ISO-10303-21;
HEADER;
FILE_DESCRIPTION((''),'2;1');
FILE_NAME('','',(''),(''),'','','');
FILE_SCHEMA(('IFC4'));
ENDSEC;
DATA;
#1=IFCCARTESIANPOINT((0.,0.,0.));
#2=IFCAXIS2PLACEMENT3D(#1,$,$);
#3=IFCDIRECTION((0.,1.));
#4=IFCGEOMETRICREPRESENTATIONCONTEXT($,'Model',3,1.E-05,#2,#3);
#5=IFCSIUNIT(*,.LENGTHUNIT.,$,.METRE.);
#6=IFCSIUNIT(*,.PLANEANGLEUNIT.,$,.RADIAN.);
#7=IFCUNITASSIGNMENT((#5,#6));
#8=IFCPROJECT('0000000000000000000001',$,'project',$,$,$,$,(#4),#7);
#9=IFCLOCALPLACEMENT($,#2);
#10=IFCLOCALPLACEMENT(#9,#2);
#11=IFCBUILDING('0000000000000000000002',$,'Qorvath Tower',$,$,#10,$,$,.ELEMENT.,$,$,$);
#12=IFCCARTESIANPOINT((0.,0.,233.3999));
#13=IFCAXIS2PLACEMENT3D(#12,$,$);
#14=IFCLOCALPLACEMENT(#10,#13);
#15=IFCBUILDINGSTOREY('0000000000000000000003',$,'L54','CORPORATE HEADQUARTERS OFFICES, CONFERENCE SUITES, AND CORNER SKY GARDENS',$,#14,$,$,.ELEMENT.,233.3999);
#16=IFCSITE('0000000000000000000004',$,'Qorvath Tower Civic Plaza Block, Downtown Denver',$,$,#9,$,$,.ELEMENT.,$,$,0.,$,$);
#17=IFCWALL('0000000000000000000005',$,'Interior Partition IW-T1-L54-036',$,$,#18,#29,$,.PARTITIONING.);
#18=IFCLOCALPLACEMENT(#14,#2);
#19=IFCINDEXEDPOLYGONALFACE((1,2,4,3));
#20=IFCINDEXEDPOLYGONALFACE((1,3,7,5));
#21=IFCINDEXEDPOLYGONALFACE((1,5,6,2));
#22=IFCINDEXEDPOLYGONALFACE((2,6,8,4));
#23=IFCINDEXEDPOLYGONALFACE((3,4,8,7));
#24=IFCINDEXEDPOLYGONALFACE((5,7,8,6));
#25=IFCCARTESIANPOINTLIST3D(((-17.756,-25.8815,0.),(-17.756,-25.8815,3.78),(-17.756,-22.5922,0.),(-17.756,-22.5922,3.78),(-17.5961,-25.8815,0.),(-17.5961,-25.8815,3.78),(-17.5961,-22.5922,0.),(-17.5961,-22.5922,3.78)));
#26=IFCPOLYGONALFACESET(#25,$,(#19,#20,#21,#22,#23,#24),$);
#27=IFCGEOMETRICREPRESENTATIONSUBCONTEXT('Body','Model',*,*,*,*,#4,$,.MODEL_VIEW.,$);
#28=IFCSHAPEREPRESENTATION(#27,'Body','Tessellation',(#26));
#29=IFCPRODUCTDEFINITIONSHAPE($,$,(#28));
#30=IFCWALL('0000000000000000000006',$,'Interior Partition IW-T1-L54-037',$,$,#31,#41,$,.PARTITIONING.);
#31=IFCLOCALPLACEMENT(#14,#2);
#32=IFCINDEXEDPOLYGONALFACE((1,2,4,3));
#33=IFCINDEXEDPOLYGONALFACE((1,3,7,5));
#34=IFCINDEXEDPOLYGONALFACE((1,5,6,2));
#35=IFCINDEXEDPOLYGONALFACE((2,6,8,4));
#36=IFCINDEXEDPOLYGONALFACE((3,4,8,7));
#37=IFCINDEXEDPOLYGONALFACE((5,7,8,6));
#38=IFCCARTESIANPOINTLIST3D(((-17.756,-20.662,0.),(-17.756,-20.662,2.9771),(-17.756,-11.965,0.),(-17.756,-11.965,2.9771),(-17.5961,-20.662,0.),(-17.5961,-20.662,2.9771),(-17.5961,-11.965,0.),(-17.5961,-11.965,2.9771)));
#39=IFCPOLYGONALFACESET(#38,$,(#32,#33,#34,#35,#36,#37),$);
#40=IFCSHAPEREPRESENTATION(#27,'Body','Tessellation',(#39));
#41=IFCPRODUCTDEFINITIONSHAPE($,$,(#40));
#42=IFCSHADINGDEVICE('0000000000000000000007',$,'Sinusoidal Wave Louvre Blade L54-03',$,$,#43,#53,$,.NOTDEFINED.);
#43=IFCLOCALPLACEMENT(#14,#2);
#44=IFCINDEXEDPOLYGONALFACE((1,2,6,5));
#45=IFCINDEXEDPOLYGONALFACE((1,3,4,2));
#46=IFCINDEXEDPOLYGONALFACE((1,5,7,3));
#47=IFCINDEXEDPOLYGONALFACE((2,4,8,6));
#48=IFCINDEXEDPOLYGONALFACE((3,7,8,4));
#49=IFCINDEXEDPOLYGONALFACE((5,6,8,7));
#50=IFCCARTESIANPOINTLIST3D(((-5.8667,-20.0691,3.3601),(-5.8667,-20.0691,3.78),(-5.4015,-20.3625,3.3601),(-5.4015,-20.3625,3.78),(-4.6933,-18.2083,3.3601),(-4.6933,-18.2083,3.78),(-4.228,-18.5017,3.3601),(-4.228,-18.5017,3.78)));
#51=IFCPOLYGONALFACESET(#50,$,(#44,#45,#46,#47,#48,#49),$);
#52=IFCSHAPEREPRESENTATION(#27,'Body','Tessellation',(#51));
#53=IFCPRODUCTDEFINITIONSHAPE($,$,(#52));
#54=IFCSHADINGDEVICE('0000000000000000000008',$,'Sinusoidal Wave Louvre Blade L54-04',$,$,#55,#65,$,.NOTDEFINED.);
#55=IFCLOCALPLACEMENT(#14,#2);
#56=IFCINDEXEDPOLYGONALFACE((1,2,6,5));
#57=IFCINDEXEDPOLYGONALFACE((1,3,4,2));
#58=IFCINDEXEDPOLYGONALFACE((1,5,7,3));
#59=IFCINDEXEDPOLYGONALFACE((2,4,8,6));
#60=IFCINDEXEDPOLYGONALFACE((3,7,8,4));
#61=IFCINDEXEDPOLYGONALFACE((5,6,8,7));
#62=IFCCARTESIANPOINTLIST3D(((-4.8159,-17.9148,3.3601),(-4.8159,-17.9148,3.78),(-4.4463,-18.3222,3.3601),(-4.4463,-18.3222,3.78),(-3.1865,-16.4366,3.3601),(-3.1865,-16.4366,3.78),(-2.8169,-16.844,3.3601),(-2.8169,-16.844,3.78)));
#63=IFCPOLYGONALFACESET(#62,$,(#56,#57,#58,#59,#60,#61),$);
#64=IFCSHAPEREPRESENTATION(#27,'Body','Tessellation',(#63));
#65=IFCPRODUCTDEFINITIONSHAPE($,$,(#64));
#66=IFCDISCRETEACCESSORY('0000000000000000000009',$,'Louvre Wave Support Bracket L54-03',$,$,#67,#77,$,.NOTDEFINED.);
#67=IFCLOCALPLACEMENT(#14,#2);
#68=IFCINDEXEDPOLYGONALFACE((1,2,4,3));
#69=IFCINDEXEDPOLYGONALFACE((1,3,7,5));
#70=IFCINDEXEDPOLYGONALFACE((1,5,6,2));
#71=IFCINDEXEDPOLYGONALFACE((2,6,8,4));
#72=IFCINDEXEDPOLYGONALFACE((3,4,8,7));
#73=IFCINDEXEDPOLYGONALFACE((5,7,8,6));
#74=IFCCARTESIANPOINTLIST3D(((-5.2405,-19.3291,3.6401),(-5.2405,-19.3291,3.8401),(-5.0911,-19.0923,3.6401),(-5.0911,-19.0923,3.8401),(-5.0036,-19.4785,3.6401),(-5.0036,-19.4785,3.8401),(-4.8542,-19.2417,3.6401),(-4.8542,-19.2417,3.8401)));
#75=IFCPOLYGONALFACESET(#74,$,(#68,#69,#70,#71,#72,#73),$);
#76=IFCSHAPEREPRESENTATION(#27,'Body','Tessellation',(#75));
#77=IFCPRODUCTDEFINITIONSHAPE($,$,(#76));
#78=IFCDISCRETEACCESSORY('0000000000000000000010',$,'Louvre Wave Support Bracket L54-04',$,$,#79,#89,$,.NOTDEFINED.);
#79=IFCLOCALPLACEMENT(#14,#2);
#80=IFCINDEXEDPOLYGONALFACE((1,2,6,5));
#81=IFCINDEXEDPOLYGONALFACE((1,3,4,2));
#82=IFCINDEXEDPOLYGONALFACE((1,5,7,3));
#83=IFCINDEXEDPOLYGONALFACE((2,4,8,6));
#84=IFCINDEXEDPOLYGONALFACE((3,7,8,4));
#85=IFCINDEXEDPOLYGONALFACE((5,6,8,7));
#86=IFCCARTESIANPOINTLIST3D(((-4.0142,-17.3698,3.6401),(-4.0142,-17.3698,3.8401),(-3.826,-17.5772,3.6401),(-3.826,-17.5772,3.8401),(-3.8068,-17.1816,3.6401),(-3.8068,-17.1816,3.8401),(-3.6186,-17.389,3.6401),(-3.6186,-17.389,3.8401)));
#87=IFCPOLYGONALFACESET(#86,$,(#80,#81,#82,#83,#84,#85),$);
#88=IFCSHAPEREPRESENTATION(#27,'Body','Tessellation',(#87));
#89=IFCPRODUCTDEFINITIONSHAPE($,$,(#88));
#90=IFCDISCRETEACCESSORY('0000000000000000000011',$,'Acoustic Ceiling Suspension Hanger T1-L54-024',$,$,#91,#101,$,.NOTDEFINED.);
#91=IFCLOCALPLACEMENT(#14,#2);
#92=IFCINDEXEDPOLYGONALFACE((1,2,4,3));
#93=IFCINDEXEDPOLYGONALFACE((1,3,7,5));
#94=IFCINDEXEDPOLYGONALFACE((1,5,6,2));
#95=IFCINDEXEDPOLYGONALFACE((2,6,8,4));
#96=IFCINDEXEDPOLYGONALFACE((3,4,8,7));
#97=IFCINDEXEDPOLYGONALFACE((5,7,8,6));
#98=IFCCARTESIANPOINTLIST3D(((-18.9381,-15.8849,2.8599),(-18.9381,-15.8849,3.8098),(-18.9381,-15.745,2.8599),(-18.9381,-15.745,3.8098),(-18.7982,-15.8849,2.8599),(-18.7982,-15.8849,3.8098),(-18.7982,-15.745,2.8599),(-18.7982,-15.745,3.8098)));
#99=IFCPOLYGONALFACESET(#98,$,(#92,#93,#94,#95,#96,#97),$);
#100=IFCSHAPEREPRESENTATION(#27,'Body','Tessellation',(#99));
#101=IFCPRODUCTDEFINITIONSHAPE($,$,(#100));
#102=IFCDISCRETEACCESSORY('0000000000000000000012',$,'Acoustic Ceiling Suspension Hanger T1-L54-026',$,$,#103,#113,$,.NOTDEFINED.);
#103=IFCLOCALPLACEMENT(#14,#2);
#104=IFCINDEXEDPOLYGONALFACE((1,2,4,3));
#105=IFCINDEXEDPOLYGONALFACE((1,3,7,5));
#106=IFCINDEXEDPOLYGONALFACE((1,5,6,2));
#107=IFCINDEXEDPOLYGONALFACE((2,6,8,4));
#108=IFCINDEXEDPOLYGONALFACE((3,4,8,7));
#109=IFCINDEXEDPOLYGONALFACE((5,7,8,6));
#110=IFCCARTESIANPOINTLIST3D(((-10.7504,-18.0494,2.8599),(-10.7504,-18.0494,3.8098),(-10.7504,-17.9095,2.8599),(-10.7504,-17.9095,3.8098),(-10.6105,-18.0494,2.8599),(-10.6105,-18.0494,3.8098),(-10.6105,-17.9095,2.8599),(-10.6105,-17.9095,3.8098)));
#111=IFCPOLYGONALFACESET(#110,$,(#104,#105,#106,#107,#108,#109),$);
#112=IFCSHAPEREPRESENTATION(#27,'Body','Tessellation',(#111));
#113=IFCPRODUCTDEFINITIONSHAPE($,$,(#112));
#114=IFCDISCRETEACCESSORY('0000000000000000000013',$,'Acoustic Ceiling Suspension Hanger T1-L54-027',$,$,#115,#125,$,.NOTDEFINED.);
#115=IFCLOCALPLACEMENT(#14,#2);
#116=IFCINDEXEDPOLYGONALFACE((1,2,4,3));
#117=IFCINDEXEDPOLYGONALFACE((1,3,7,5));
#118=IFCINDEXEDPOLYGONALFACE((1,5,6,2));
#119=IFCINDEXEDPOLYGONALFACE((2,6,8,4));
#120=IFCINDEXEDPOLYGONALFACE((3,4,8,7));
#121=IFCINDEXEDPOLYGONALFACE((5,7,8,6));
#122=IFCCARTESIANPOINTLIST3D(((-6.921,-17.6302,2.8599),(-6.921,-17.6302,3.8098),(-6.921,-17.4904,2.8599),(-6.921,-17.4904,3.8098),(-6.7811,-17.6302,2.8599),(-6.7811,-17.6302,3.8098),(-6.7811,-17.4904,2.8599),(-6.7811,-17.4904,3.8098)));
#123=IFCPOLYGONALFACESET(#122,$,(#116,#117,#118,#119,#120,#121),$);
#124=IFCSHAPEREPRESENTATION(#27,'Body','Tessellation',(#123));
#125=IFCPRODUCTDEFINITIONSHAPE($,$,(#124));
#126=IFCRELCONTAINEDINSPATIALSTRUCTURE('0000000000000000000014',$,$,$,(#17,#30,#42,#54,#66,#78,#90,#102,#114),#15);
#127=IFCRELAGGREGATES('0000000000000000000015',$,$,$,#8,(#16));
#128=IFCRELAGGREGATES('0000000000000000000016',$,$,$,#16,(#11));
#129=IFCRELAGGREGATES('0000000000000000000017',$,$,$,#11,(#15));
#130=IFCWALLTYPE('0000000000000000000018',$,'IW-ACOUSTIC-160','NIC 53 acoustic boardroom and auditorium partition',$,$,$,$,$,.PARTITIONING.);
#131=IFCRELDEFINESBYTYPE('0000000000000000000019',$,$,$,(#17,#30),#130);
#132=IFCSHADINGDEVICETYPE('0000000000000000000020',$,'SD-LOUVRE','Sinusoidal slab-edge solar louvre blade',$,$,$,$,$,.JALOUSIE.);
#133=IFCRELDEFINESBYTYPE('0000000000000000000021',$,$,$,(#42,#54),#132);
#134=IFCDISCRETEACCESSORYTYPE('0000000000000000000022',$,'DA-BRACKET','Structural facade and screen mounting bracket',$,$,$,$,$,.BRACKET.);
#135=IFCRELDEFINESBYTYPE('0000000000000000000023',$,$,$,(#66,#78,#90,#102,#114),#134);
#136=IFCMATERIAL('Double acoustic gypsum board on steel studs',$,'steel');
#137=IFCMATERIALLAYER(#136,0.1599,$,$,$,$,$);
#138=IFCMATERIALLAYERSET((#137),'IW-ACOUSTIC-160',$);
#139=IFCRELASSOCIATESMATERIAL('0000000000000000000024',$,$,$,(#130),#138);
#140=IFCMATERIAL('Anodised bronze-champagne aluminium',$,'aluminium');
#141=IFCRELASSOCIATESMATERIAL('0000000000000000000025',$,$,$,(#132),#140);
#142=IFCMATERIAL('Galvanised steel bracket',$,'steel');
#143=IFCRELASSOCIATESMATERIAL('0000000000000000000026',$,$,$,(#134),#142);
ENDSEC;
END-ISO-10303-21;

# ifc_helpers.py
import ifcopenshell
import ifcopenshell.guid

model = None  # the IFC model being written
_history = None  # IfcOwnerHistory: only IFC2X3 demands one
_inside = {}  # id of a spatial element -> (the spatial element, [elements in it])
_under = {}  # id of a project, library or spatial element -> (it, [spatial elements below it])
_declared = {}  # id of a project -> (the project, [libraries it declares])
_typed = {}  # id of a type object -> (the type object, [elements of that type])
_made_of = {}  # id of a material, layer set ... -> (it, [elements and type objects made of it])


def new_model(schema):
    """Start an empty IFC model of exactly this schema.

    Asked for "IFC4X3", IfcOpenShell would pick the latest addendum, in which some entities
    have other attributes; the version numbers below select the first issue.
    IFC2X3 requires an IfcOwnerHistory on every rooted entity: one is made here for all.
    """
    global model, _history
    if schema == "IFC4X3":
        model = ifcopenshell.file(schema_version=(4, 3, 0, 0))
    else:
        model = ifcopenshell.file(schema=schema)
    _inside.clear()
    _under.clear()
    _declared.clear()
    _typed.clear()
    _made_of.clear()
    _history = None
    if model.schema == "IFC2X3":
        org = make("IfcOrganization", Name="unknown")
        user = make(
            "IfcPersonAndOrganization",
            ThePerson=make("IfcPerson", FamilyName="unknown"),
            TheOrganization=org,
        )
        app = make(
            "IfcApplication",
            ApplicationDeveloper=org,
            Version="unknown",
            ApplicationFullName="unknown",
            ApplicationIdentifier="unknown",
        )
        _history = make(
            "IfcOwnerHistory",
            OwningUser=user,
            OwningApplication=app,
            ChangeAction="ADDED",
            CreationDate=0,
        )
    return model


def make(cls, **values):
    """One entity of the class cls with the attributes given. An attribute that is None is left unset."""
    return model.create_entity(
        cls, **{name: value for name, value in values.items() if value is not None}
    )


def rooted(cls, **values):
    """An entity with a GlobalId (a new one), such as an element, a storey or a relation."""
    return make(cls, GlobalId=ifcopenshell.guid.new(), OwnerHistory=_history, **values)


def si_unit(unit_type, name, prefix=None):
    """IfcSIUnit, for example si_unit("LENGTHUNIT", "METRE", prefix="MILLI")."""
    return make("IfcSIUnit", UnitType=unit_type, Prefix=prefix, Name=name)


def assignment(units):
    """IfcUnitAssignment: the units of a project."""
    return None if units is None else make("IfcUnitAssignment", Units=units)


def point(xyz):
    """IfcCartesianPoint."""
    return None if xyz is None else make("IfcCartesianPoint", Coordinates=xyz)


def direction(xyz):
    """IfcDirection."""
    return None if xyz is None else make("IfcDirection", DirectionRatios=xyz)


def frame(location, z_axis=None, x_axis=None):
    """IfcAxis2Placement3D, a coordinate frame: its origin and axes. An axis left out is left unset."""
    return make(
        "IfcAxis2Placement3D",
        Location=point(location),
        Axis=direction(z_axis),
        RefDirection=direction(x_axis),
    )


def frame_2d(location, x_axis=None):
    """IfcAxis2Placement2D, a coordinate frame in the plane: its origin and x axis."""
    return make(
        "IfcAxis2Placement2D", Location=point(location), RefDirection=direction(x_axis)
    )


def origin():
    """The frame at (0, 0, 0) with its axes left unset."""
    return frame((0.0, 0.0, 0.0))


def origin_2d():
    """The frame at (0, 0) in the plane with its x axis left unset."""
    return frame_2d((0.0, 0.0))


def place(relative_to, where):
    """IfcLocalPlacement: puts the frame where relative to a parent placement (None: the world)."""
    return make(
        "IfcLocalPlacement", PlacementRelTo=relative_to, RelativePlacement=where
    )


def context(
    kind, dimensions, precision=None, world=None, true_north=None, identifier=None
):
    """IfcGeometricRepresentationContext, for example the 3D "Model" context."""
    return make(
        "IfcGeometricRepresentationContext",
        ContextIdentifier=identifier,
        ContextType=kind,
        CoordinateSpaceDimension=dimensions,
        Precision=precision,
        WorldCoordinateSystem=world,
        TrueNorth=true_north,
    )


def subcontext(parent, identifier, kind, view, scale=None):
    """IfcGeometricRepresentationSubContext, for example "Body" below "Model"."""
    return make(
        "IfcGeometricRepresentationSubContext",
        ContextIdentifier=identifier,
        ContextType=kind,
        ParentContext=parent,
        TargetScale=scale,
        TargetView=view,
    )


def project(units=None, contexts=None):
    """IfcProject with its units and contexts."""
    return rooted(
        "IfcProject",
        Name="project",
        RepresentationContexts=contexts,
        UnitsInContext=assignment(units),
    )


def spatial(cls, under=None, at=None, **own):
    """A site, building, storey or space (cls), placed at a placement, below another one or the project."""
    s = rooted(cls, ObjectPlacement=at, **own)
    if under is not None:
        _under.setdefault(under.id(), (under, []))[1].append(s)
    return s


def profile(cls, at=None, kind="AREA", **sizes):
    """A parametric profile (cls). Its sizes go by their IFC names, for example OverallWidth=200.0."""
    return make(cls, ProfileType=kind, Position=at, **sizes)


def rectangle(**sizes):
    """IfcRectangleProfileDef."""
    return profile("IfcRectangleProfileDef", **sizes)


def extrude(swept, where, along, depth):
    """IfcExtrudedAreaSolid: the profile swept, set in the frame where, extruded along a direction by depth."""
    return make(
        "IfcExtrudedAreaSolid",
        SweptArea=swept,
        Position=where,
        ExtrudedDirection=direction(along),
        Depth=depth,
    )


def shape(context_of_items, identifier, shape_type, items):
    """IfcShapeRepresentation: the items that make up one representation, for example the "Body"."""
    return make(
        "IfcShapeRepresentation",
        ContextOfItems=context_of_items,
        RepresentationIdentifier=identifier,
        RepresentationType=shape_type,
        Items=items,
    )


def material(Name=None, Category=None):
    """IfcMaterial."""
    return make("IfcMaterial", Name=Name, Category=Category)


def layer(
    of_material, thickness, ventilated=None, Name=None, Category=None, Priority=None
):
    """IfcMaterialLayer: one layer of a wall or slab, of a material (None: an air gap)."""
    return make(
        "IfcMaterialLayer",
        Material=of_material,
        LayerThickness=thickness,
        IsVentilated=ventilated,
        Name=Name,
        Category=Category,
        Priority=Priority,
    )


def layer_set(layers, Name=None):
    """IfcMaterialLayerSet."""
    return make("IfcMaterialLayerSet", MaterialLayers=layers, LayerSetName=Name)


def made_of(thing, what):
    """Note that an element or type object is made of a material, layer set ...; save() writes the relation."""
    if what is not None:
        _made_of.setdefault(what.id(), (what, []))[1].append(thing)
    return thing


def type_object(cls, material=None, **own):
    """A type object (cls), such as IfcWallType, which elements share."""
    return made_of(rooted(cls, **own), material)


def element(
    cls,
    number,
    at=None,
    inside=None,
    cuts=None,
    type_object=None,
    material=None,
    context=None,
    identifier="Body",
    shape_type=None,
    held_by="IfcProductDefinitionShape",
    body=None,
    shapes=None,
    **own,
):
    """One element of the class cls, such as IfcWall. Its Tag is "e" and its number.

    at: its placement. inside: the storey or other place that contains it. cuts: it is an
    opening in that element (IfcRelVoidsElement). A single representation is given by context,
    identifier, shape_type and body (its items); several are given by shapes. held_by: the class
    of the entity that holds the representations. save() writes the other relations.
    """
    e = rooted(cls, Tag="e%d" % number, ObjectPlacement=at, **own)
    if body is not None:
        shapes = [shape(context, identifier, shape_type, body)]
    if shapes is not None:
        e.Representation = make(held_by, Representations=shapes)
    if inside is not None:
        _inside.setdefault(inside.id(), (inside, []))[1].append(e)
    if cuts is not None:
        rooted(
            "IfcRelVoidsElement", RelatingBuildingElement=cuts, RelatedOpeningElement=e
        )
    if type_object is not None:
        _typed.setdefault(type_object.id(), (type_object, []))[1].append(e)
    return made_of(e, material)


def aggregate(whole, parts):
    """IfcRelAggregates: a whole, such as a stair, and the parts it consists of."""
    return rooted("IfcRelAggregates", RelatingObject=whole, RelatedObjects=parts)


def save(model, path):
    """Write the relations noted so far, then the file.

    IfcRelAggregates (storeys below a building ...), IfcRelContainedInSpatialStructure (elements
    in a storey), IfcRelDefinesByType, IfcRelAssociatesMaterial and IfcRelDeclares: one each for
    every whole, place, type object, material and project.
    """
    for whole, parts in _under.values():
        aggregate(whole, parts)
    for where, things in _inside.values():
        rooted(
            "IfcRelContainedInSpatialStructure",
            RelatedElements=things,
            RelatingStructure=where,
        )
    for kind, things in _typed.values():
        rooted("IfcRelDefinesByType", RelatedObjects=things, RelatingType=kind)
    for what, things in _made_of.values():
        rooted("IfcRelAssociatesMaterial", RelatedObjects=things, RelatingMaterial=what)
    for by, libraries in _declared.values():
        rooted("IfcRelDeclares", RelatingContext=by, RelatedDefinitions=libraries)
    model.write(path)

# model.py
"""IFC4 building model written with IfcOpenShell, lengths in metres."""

from ifc_helpers import new_model, si_unit, direction, frame, frame_2d, origin, origin_2d, place, context, subcontext, project, spatial, rectangle, extrude, material, layer, layer_set, type_object, element, save


model = new_model("IFC4")

# Units and contexts
model_context = context("Model", 3, precision=1e-05, world=origin(), true_north=direction((0.0, 1.0)))
body_context = subcontext(model_context, "Body", "Model", "MODEL_VIEW")
ifc_project = project(units=[si_unit("LENGTHUNIT", "METRE"), si_unit("PLANEANGLEUNIT", "RADIAN")], contexts=[model_context])

# Site, building, storey
site_placement = place(None, origin())
site = spatial("IfcSite", under=ifc_project, at=site_placement, Name="Qorvath Tower Civic Plaza Block, Downtown Denver", CompositionType="ELEMENT", RefElevation=0.0)
building_placement = place(site_placement, origin())
building = spatial("IfcBuilding", under=site, at=building_placement, Name="Qorvath Tower", CompositionType="ELEMENT")
storey_placement = place(building_placement, frame((0.0, 0.0, 233.3999)))
storey = spatial("IfcBuildingStorey", under=building, at=storey_placement, Name="L54", Description="CORPORATE HEADQUARTERS OFFICES, CONFERENCE SUITES, AND CORNER SKY GARDENS", CompositionType="ELEMENT", Elevation=233.3999)

# Walls
ifc_material_1 = material(Name="Double acoustic gypsum board on steel studs", Category="steel")
ifc_layer_1 = layer(ifc_material_1, 0.1599)
ifc_layer_set_1 = layer_set([ifc_layer_1], Name="IW-ACOUSTIC-160")
wall_type = type_object("IfcWallType", Name="IW-ACOUSTIC-160", Description="NIC 53 acoustic boardroom and auditorium partition", PredefinedType="PARTITIONING", material=ifc_layer_set_1)
wall_1_placement = place(storey_placement, frame((-17.676, -25.8813, 0.0), z_axis=(0.0, 0.0, 1.0), x_axis=(0.0, 1.0, 0.0)))
element("IfcWall", 1, at=wall_1_placement, inside=storey, type_object=wall_type, Name="Interior Partition IW-T1-L54-036", PredefinedType="PARTITIONING", context=body_context, shape_type="SweptSolid", body=[
    extrude(rectangle(XDim=3.2893, YDim=0.1599, at=frame_2d((1.6445, 0.0))), origin(), (0.0, 0.0, 1.0), 3.78),
])
wall_2_placement = place(storey_placement, frame((-17.676, -20.6621, 0.0), z_axis=(0.0, 0.0, 1.0), x_axis=(0.0, 1.0, 0.0)))
element("IfcWall", 2, at=wall_2_placement, inside=storey, type_object=wall_type, Name="Interior Partition IW-T1-L54-037", PredefinedType="PARTITIONING", context=body_context, shape_type="SweptSolid", body=[
    extrude(rectangle(XDim=8.697, YDim=0.1599, at=frame_2d((4.3486, 0.0))), origin(), (0.0, 0.0, 1.0), 2.9771),
])

# Shading devices
ifc_material_2 = material(Name="Anodised bronze-champagne aluminium", Category="aluminium")
shading_device_type = type_object("IfcShadingDeviceType", Name="SD-LOUVRE", Description="Sinusoidal slab-edge solar louvre blade", PredefinedType="JALOUSIE", material=ifc_material_2)
for number, where, z_axis, x_axis, name in (
    (3, (-5.0474, -19.2854, 3.3601), (0.0, 0.0, 1.0), (0.533402, 0.845862, 0.0), "Sinusoidal Wave Louvre Blade L54-03"),
    (4, (-3.8164, -17.3794, 3.3601), (0.0, 0.0, 1.0), (0.740645, 0.671896, 0.0), "Sinusoidal Wave Louvre Blade L54-04"),
):
    element("IfcShadingDevice", number, at=place(storey_placement, frame(where, z_axis=z_axis, x_axis=x_axis)), inside=storey, type_object=shading_device_type, Name=name, PredefinedType="NOTDEFINED", context=body_context, shape_type="SweptSolid", body=[
        extrude(rectangle(XDim=2.2, YDim=0.55, at=origin_2d()), origin(), (0.0, 0.0, 1.0), 0.4199),
    ])

# Discrete accessories
ifc_material_3 = material(Name="Galvanised steel bracket", Category="steel")
discrete_accessory_type = type_object("IfcDiscreteAccessoryType", Name="DA-BRACKET", Description="Structural facade and screen mounting bracket", PredefinedType="BRACKET", material=ifc_material_3)
for number, where, z_axis, x_axis, name in (
    (5, (-5.0474, -19.2854, 3.6401), (0.0, 0.0, 1.0), (0.533402, 0.845862, 0.0), "Louvre Wave Support Bracket L54-03"),
    (6, (-3.8164, -17.3794, 3.6401), (0.0, 0.0, 1.0), (0.740645, 0.671896, 0.0), "Louvre Wave Support Bracket L54-04"),
):
    element("IfcDiscreteAccessory", number, at=place(storey_placement, frame(where, z_axis=z_axis, x_axis=x_axis)), inside=storey, type_object=discrete_accessory_type, Name=name, PredefinedType="NOTDEFINED", context=body_context, shape_type="SweptSolid", body=[
        extrude(rectangle(XDim=0.28, YDim=0.28, at=origin_2d()), origin(), (0.0, 0.0, 1.0), 0.2),
    ])
for number, where, z_axis, x_axis, name in (
    (7, (-18.8682, -15.8149, 2.8599), (0.0, 0.0, 1.0), (1.0, 0.0, 0.0), "Acoustic Ceiling Suspension Hanger T1-L54-024"),
    (8, (-10.6804, -17.9795, 2.8599), (0.0, 0.0, 1.0), (1.0, 0.0, 0.0), "Acoustic Ceiling Suspension Hanger T1-L54-026"),
    (9, (-6.8511, -17.5603, 2.8599), (0.0, 0.0, 1.0), (1.0, 0.0, 0.0), "Acoustic Ceiling Suspension Hanger T1-L54-027"),
):
    element("IfcDiscreteAccessory", number, at=place(storey_placement, frame(where, z_axis=z_axis, x_axis=x_axis)), inside=storey, type_object=discrete_accessory_type, Name=name, PredefinedType="NOTDEFINED", context=body_context, shape_type="SweptSolid", body=[
        extrude(rectangle(XDim=0.1399, YDim=0.1399, at=origin_2d()), origin(), (0.0, 0.0, 1.0), 0.95),
    ])

save(model, "model.ifc")
